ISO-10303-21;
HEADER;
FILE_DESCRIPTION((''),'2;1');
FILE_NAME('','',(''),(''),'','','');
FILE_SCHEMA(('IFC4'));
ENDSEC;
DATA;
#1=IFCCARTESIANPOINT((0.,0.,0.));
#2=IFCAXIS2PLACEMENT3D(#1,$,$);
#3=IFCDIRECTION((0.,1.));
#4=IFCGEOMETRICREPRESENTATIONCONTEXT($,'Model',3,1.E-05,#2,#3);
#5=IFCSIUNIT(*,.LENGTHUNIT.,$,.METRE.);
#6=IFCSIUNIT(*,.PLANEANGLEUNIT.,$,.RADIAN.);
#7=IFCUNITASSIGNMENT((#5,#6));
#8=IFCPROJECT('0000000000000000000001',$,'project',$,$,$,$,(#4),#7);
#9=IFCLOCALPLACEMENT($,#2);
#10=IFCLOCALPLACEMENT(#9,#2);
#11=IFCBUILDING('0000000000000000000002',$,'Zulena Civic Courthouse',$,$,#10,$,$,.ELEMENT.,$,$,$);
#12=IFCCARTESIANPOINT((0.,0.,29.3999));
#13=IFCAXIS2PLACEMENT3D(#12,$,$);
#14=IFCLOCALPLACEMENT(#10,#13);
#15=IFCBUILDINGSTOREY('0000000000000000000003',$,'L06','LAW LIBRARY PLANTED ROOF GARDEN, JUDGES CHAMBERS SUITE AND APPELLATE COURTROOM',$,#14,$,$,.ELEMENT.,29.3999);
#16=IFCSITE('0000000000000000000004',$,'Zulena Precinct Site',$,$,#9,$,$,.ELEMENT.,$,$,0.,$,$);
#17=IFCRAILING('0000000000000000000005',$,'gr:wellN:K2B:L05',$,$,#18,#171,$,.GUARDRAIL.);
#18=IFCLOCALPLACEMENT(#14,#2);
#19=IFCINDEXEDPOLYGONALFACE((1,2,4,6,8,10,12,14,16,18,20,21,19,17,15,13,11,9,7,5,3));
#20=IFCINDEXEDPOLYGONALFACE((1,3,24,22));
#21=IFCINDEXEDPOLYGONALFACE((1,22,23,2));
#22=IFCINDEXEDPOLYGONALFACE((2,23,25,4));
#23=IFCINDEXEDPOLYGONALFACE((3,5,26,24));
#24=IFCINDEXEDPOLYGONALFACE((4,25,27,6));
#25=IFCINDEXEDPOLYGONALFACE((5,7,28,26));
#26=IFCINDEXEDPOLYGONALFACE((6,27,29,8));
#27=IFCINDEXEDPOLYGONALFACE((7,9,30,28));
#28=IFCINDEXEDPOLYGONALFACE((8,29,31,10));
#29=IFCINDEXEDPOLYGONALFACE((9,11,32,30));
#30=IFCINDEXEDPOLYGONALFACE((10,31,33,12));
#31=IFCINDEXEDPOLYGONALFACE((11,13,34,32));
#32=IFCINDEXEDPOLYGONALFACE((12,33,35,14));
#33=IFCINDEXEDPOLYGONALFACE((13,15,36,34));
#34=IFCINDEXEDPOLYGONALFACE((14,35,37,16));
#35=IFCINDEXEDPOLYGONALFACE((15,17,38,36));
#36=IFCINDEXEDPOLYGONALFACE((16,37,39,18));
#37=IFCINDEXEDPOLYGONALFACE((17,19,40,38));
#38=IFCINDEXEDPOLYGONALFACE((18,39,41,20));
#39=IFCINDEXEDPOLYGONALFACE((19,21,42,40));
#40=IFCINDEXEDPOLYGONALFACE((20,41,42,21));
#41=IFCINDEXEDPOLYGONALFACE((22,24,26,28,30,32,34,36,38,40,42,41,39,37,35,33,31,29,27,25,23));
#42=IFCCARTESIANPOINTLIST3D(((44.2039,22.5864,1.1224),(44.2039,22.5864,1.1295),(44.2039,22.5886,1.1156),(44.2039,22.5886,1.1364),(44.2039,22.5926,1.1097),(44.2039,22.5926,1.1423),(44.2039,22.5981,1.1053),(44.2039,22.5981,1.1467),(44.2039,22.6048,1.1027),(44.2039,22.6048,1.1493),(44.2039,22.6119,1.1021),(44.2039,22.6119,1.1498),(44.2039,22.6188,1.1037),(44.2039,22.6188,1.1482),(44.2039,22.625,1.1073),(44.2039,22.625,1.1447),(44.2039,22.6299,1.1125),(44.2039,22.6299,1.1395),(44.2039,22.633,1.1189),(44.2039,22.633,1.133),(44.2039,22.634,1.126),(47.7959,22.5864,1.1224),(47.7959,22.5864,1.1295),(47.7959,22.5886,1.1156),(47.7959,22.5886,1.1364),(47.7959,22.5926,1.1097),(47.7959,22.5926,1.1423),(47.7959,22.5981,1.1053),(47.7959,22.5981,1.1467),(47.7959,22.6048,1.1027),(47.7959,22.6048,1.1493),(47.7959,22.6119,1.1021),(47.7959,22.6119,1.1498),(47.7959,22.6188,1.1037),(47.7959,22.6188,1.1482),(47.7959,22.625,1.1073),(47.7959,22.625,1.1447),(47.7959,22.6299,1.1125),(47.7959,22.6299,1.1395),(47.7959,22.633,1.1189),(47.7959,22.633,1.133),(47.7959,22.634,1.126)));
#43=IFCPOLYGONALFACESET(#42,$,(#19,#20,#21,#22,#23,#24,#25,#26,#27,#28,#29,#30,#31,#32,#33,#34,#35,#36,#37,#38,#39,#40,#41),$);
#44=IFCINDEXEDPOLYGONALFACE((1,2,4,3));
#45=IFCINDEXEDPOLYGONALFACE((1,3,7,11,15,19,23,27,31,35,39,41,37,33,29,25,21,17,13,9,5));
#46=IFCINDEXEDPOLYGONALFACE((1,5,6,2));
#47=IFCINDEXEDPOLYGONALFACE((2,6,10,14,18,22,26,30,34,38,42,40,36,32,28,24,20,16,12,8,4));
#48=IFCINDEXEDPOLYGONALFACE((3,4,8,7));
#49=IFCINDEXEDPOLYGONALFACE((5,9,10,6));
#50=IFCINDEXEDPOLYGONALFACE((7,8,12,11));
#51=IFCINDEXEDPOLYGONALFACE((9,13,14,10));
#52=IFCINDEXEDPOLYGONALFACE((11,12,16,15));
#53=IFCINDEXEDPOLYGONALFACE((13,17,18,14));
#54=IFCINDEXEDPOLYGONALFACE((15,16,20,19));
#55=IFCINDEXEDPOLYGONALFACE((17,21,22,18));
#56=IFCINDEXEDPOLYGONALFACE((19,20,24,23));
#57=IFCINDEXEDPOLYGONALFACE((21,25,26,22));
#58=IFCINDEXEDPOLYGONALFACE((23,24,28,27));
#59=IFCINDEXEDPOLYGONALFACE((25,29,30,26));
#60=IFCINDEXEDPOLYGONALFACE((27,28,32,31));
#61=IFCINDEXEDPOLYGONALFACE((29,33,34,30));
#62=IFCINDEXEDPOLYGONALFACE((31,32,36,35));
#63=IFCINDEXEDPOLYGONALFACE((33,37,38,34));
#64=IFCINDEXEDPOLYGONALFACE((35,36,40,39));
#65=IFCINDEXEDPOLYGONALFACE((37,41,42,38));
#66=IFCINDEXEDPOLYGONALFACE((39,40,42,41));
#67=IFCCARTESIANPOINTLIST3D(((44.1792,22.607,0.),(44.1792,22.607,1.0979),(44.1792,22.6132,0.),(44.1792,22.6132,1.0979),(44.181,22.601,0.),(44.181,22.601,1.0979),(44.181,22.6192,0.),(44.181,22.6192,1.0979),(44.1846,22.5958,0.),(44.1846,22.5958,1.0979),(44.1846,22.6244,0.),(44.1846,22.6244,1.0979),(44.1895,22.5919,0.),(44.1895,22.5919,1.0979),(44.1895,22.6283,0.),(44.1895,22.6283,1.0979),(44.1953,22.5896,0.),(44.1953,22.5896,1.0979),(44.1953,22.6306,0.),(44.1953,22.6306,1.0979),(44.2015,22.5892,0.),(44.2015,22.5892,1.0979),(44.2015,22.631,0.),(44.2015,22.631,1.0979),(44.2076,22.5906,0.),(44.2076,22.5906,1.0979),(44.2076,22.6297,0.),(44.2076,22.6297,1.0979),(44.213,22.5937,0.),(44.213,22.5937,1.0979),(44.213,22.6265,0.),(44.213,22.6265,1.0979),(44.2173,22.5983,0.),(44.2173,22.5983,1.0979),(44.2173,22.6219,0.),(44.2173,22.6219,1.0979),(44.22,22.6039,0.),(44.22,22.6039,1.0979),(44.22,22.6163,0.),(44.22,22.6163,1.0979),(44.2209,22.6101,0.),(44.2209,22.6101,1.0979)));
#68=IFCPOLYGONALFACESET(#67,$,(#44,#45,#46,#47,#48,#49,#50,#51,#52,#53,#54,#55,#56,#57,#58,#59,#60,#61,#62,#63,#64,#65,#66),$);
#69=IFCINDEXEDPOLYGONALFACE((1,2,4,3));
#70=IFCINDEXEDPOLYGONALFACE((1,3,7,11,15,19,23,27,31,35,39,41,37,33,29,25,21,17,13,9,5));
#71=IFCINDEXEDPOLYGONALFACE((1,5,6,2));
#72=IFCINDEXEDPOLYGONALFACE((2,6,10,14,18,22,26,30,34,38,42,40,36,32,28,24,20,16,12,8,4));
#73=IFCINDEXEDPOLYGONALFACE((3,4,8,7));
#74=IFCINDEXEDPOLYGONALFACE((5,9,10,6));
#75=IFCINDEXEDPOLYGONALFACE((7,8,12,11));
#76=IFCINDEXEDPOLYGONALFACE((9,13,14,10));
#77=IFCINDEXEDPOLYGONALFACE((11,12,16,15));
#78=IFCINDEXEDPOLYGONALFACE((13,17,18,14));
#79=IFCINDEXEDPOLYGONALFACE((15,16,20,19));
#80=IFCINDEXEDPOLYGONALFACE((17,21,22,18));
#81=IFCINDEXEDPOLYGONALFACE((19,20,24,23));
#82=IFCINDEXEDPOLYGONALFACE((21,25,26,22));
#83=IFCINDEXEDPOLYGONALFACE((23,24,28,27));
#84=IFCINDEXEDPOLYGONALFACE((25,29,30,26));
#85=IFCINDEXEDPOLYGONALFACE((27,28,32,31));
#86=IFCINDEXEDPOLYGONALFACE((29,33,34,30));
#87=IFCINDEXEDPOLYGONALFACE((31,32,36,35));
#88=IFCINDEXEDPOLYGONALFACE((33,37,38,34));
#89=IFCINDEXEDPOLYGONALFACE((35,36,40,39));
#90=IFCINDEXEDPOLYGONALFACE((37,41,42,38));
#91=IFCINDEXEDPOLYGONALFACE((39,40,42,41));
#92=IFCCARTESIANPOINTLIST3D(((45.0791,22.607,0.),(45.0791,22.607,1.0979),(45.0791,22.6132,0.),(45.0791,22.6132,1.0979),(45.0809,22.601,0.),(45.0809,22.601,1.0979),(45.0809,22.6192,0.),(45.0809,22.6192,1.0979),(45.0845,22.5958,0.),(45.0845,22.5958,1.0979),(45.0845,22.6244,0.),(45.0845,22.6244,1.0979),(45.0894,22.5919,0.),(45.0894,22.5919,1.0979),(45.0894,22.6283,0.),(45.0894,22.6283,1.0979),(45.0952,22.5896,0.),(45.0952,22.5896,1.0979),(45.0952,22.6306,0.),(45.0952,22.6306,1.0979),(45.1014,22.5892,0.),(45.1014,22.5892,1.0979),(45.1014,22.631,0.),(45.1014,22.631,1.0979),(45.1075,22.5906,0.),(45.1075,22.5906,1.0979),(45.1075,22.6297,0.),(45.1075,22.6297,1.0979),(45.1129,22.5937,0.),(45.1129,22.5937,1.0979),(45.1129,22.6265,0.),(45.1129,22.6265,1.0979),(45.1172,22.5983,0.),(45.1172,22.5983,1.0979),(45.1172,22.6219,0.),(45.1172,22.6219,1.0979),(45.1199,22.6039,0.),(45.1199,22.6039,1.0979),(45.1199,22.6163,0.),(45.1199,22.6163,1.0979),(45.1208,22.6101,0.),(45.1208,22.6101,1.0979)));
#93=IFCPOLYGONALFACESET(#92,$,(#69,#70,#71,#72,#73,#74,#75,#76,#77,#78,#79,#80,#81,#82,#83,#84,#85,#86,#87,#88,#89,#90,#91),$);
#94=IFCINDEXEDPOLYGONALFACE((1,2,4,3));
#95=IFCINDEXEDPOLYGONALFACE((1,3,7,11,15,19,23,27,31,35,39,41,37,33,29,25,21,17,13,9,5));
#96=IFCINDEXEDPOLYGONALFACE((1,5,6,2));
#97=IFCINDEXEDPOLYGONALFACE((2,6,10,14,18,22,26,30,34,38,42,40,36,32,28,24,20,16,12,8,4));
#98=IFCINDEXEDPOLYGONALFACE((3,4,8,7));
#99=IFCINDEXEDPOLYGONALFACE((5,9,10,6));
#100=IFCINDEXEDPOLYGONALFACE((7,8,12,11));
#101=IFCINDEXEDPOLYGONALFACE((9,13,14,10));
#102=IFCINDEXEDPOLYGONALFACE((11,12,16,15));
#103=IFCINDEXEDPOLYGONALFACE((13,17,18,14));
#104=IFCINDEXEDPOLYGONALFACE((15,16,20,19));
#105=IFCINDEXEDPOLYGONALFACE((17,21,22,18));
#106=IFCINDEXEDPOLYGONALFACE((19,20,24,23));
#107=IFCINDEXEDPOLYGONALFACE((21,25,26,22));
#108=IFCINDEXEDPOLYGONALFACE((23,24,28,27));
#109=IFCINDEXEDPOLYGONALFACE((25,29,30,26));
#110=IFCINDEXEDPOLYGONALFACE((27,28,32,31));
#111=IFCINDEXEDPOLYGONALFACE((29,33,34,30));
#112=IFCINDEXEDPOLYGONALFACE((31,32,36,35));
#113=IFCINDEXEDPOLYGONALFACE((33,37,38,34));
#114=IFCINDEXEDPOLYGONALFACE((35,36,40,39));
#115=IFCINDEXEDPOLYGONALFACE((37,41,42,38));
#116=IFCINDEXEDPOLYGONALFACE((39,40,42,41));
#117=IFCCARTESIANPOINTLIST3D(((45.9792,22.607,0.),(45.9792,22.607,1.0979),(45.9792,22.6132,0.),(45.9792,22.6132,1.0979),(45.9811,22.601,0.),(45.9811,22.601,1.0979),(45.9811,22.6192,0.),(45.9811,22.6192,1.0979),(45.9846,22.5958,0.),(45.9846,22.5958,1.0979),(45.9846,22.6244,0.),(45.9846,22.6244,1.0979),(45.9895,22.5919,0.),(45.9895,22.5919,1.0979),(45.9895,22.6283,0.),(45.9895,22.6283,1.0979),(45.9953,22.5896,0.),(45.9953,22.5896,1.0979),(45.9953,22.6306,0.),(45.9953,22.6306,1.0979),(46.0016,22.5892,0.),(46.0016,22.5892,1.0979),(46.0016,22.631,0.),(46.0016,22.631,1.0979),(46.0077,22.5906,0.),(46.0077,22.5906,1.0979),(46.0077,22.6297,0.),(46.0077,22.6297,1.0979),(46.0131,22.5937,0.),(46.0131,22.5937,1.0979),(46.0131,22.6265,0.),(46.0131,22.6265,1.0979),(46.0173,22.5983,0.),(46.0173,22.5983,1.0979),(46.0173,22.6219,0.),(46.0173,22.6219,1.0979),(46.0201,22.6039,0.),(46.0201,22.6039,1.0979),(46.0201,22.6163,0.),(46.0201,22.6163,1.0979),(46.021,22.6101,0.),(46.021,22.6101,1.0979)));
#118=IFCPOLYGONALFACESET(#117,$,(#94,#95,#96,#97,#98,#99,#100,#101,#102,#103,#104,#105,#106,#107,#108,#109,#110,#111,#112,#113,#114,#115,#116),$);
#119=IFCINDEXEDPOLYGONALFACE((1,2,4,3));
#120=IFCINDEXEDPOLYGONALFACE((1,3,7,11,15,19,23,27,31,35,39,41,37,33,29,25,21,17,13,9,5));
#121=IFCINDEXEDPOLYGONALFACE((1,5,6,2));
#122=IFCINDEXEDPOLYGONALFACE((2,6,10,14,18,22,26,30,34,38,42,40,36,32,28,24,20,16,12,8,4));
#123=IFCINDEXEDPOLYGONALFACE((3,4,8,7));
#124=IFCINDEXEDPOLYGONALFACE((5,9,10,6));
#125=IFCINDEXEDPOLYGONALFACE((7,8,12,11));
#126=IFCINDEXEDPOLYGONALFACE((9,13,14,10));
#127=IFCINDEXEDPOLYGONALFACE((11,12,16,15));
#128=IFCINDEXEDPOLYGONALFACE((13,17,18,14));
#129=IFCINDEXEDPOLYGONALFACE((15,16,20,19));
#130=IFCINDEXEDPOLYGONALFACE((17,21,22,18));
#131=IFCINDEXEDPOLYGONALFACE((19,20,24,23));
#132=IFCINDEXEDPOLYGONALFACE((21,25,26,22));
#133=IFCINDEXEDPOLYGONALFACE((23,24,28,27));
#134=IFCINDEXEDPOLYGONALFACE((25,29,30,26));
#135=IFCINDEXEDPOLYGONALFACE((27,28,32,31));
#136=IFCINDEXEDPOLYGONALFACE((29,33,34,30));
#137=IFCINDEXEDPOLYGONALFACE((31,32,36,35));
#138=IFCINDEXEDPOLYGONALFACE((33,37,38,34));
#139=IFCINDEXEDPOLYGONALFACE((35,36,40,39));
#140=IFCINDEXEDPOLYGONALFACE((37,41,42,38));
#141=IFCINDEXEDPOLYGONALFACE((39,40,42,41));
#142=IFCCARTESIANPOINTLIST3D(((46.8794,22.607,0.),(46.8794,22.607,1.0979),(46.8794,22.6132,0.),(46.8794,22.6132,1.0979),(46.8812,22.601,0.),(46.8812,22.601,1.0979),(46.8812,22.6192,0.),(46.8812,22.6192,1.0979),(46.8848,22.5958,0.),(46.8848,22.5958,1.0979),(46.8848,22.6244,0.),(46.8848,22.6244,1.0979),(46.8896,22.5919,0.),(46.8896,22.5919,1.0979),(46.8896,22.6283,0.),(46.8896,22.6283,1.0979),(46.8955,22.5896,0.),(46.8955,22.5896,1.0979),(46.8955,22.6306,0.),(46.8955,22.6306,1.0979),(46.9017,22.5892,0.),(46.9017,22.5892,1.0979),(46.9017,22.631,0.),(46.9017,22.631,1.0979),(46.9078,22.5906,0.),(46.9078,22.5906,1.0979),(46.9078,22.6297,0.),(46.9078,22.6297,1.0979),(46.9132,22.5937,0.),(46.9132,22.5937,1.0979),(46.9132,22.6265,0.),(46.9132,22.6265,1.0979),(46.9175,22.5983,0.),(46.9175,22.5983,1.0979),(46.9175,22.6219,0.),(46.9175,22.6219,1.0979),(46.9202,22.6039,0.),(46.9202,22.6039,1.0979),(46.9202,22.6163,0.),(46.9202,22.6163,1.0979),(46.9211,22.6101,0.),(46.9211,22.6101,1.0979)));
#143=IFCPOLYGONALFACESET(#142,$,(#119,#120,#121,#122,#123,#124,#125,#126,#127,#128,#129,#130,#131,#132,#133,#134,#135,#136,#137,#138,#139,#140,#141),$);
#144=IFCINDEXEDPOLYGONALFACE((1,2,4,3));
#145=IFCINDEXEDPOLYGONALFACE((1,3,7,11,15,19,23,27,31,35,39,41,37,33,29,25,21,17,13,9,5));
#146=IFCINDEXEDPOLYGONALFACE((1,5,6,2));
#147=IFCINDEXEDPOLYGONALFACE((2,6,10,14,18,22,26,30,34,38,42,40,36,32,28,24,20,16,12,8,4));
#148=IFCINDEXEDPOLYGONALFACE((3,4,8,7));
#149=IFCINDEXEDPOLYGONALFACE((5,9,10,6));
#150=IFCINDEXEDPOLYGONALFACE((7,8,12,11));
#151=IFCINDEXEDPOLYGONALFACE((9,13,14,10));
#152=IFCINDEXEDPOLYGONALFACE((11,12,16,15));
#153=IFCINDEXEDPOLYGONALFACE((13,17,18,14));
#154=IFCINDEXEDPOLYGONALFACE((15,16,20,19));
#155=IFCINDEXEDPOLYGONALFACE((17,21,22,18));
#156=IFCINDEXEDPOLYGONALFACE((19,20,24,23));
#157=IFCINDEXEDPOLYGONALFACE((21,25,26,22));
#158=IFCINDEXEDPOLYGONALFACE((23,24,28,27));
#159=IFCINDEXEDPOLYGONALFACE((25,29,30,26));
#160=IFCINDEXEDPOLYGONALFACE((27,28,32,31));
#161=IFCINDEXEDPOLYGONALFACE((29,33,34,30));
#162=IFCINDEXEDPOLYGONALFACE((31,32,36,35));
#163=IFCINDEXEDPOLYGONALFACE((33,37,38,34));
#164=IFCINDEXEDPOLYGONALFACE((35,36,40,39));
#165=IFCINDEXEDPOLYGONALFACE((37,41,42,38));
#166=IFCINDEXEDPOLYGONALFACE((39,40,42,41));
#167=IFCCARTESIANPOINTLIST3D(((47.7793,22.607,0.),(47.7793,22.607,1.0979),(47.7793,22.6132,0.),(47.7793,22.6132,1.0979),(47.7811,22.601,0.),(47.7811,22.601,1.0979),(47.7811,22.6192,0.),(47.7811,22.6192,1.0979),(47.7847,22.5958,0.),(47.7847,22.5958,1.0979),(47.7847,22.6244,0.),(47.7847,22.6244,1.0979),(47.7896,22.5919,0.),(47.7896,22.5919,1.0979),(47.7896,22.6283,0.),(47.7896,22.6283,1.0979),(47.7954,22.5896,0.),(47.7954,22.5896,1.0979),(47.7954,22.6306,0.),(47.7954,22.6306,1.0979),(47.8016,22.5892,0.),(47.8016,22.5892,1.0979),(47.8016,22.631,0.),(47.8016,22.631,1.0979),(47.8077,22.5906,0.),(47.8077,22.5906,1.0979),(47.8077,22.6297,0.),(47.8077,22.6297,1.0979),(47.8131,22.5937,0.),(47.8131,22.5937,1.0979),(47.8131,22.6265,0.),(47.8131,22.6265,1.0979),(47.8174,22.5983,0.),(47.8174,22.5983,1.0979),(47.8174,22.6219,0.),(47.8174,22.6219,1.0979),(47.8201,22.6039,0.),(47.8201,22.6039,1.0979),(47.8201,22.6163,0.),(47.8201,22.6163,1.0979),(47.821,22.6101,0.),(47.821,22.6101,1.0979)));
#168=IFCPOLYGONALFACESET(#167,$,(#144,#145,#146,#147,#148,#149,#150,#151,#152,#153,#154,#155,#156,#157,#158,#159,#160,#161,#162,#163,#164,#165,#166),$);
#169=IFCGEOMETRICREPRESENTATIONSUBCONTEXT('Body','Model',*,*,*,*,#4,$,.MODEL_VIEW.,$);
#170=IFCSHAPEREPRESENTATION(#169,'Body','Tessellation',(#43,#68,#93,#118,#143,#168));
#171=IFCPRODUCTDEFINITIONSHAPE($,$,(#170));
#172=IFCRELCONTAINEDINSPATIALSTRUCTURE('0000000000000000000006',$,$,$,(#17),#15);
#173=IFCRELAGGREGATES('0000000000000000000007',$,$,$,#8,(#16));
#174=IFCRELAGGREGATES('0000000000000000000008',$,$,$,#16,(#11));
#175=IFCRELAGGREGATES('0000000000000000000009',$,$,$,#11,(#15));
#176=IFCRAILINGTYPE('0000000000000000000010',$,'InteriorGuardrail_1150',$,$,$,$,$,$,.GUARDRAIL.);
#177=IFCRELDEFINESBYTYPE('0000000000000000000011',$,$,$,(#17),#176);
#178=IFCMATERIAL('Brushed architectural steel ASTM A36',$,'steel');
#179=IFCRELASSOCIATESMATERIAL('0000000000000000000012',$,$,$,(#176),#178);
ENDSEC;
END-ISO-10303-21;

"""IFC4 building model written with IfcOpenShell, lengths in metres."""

from ifc_helpers import new_model, si_unit, direction, frame, origin, origin_2d, place, context, subcontext, project, spatial, circle, extrude, material, type_object, element, save


model = new_model("IFC4")

# Units and contexts
model_context = context("Model", 3, precision=1e-05, world=origin(), true_north=direction((0.0, 1.0)))
body_context = subcontext(model_context, "Body", "Model", "MODEL_VIEW")
ifc_project = project(units=[si_unit("LENGTHUNIT", "METRE"), si_unit("PLANEANGLEUNIT", "RADIAN")], contexts=[model_context])

# Site, building, storey
site_placement = place(None, origin())
site = spatial("IfcSite", under=ifc_project, at=site_placement, Name="Zulena Precinct Site", CompositionType="ELEMENT", RefElevation=0.0)
building_placement = place(site_placement, origin())
building = spatial("IfcBuilding", under=site, at=building_placement, Name="Zulena Civic Courthouse", CompositionType="ELEMENT")
storey_placement = place(building_placement, frame((0.0, 0.0, 29.3999)))
storey = spatial("IfcBuildingStorey", under=building, at=storey_placement, Name="L06", Description="LAW LIBRARY PLANTED ROOF GARDEN, JUDGES CHAMBERS SUITE AND APPELLATE COURTROOM", CompositionType="ELEMENT", Elevation=29.3999)

# Railing
ifc_material_1 = material(Name="Brushed architectural steel ASTM A36", Category="steel")
railing_type = type_object("IfcRailingType", Name="InteriorGuardrail_1150", PredefinedType="GUARDRAIL", material=ifc_material_1)
railing_1_placement = place(storey_placement, frame((44.2, 22.6101, 0.0)))
element("IfcRailing", 1, at=railing_1_placement, inside=storey, type_object=railing_type, Name="gr:wellN:K2B:L05", PredefinedType="GUARDRAIL", context=body_context, shape_type="SweptSolid", body=[
    extrude(circle(Radius=0.0239, at=origin_2d()), frame((0.0039, 0.0, 1.126), z_axis=(1.0, 0.0, 0.0), x_axis=(0.0, 1.0, 0.0)), (0.0, 0.0, 1.0), 3.592),
    extrude(circle(Radius=0.021, at=origin_2d()), origin(), (0.0, 0.0, 1.0), 1.0979),
    extrude(circle(Radius=0.021, at=origin_2d()), frame((0.8999, 0.0, 0.0)), (0.0, 0.0, 1.0), 1.0979),
    extrude(circle(Radius=0.021, at=origin_2d()), frame((1.8, 0.0, 0.0)), (0.0, 0.0, 1.0), 1.0979),
    extrude(circle(Radius=0.021, at=origin_2d()), frame((2.7002, 0.0, 0.0)), (0.0, 0.0, 1.0), 1.0979),
    extrude(circle(Radius=0.021, at=origin_2d()), frame((3.6001, 0.0, 0.0)), (0.0, 0.0, 1.0), 1.0979),
])

save(model, "model.ifc")
